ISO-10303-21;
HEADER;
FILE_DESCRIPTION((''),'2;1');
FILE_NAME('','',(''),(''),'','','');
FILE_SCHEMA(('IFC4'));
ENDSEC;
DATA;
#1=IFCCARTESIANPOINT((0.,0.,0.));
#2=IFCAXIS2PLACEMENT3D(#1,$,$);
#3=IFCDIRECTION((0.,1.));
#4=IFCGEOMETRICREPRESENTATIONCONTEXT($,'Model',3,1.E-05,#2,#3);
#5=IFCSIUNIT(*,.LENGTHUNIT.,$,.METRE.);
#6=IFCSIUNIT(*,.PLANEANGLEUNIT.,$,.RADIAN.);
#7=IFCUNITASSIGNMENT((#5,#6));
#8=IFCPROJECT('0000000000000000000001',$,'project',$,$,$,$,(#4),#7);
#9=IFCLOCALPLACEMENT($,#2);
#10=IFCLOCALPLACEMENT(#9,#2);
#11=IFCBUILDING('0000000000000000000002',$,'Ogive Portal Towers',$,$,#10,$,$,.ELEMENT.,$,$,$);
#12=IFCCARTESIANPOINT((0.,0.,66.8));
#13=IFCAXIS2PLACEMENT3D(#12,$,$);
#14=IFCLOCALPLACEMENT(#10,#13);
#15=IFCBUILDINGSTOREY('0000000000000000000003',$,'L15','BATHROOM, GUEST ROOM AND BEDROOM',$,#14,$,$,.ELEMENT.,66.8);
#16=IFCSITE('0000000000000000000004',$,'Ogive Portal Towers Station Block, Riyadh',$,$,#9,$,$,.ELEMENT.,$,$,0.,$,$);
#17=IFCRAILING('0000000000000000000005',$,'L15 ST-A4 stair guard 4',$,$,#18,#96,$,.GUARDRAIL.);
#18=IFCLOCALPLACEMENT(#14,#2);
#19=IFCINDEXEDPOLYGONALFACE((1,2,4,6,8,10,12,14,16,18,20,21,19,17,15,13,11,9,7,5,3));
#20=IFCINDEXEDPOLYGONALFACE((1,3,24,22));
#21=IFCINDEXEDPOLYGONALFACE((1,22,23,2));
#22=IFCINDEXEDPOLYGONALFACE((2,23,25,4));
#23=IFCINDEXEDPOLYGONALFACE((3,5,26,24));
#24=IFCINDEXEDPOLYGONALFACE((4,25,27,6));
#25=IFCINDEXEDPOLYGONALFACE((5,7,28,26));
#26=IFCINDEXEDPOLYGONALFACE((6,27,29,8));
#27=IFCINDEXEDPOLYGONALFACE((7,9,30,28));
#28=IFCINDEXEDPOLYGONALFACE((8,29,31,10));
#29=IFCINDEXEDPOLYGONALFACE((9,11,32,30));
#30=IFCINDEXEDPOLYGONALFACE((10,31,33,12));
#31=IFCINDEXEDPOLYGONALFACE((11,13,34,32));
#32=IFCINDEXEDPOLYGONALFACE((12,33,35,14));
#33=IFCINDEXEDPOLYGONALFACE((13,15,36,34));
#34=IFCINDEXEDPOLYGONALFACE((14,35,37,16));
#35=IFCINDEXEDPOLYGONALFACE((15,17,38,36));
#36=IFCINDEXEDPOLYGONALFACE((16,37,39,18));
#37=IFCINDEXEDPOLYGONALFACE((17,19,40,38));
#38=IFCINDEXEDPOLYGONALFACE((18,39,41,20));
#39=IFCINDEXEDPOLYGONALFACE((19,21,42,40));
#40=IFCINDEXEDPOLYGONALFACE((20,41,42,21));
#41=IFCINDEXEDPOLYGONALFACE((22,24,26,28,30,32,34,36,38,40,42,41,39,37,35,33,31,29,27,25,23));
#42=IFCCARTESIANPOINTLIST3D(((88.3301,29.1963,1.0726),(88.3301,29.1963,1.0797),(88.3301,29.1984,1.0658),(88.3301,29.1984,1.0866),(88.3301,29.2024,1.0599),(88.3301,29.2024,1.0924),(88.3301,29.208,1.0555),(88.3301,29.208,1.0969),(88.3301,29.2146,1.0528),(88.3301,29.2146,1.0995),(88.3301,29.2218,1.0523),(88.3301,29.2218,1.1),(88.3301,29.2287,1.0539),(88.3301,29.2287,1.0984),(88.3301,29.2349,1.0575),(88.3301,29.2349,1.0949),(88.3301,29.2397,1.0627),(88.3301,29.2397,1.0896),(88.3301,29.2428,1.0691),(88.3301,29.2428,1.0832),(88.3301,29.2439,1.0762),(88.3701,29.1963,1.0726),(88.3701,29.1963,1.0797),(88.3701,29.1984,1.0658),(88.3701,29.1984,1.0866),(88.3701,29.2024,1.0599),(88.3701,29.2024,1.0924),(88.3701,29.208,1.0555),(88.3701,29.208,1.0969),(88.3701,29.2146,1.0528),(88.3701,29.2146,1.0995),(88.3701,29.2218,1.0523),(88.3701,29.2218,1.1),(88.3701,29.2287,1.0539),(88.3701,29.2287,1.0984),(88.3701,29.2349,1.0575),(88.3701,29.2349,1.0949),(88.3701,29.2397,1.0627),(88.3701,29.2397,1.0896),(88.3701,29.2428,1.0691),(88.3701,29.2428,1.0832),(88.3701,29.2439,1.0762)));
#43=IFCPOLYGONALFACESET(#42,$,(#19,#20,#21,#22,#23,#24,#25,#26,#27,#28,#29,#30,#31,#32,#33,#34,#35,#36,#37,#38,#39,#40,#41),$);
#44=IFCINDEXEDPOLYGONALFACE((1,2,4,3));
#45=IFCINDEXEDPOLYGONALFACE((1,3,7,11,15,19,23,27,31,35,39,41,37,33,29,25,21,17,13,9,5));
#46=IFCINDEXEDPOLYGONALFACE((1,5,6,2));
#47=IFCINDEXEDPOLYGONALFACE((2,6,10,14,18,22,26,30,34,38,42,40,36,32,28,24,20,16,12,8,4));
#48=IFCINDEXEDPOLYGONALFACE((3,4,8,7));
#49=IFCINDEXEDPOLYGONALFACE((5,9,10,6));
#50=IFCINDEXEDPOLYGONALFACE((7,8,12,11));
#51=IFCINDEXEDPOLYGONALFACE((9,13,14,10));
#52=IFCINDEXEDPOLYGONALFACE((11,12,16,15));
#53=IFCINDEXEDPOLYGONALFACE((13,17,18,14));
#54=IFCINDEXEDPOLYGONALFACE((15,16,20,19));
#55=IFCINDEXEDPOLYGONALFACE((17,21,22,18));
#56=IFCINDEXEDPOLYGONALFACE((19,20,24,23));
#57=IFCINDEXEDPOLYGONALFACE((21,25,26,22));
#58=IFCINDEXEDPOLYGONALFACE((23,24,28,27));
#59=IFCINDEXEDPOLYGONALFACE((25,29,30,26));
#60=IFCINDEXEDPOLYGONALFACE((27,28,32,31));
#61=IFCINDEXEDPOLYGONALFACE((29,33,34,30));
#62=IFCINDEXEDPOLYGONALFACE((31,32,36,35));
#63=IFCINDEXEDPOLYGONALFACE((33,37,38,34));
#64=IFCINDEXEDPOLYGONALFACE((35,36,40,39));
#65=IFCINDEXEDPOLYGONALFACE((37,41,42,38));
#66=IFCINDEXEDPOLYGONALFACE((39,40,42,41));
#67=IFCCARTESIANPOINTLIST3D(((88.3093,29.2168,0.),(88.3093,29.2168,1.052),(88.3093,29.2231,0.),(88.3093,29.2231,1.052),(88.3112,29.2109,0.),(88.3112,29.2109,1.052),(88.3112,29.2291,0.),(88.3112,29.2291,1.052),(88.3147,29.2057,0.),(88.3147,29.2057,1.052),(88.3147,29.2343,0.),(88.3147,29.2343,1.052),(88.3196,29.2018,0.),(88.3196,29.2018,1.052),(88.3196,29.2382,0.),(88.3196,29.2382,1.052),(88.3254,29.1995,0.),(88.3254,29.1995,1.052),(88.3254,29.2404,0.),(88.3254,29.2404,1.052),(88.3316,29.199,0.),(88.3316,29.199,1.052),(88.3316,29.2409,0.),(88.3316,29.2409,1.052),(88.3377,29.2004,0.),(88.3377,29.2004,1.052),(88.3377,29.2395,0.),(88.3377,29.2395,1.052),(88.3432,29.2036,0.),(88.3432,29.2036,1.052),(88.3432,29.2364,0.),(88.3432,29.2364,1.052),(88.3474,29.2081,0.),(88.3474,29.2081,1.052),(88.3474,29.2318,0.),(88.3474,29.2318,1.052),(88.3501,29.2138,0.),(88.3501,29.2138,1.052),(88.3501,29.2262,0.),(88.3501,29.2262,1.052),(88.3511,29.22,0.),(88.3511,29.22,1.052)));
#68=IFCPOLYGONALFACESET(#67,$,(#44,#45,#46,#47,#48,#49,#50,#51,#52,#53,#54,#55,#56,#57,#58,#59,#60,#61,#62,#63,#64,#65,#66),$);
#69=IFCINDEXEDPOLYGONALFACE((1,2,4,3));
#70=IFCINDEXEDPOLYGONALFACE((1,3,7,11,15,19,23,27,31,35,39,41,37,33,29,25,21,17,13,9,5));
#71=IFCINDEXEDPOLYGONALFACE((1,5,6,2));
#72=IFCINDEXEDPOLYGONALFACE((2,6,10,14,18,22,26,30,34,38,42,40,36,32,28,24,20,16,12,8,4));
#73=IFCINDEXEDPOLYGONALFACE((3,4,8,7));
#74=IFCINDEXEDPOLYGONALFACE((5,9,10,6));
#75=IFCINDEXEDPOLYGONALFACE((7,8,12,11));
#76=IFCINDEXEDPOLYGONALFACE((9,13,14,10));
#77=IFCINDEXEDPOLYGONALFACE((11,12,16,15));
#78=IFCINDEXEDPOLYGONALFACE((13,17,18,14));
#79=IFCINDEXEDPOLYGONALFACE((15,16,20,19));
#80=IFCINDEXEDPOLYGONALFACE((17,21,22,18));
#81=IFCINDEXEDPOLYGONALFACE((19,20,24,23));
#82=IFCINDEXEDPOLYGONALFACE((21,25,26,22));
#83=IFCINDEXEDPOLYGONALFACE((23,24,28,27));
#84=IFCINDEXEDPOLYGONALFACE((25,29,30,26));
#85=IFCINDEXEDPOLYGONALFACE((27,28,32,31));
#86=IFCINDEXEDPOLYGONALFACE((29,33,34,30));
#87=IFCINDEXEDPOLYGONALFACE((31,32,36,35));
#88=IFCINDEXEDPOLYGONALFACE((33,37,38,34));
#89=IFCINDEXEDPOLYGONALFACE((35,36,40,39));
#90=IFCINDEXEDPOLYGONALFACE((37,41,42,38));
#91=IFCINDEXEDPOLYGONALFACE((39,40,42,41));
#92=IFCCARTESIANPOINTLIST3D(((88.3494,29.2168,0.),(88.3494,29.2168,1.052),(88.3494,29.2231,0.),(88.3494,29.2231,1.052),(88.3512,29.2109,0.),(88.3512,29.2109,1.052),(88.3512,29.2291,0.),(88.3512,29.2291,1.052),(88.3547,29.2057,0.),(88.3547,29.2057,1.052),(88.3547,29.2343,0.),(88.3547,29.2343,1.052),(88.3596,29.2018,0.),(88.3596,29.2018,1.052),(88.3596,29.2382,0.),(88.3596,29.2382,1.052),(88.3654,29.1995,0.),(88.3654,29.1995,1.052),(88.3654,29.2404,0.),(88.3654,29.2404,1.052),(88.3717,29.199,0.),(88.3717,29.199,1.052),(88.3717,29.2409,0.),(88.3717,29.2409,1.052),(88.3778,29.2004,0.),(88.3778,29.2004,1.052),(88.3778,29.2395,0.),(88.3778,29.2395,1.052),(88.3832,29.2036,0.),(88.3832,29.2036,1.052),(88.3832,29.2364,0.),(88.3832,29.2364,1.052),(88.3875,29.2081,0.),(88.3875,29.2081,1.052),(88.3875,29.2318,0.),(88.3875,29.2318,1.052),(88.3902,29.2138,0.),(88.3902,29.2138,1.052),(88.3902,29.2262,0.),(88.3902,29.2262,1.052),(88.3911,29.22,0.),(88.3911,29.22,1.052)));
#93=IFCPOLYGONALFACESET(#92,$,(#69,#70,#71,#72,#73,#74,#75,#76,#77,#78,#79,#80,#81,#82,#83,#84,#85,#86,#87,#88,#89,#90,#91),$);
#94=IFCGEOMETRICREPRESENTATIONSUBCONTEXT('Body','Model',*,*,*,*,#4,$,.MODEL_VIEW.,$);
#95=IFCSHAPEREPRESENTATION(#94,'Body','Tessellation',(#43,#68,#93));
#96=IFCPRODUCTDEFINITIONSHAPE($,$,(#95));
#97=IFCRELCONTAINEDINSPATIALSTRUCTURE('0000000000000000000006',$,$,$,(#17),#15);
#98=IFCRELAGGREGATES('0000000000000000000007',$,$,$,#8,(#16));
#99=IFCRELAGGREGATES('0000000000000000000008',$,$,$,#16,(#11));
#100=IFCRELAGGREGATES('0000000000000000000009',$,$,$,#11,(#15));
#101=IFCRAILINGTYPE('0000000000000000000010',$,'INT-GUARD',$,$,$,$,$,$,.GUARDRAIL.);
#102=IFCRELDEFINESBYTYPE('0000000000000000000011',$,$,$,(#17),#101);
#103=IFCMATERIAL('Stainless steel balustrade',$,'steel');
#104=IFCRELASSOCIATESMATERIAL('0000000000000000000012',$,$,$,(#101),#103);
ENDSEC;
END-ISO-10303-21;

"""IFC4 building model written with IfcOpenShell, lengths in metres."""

from ifc_helpers import new_model, si_unit, direction, frame, origin, origin_2d, place, context, subcontext, project, spatial, circle, extrude, material, type_object, element, save


model = new_model("IFC4")

# Units and contexts
model_context = context("Model", 3, precision=1e-05, world=origin(), true_north=direction((0.0, 1.0)))
body_context = subcontext(model_context, "Body", "Model", "MODEL_VIEW")
ifc_project = project(units=[si_unit("LENGTHUNIT", "METRE"), si_unit("PLANEANGLEUNIT", "RADIAN")], contexts=[model_context])

# Site, building, storey
site_placement = place(None, origin())
site = spatial("IfcSite", under=ifc_project, at=site_placement, Name="Ogive Portal Towers Station Block, Riyadh", CompositionType="ELEMENT", RefElevation=0.0)
building_placement = place(site_placement, origin())
building = spatial("IfcBuilding", under=site, at=building_placement, Name="Ogive Portal Towers", CompositionType="ELEMENT")
storey_placement = place(building_placement, frame((0.0, 0.0, 66.8)))
storey = spatial("IfcBuildingStorey", under=building, at=storey_placement, Name="L15", Description="BATHROOM, GUEST ROOM AND BEDROOM", CompositionType="ELEMENT", Elevation=66.8)

# Railing
ifc_material_1 = material(Name="Stainless steel balustrade", Category="steel")
railing_type = type_object("IfcRailingType", Name="INT-GUARD", PredefinedType="GUARDRAIL", material=ifc_material_1)
railing_1_placement = place(storey_placement, frame((88.3301, 29.22, 0.0)))
element("IfcRailing", 1, at=railing_1_placement, inside=storey, type_object=railing_type, Name="L15 ST-A4 stair guard 4", PredefinedType="GUARDRAIL", context=body_context, shape_type="SweptSolid", body=[
    extrude(circle(Radius=0.0239, at=origin_2d()), frame((0.0, 0.0, 1.0762), z_axis=(1.0, 0.0, 0.0), x_axis=(0.0, 1.0, 0.0)), (0.0, 0.0, 1.0), 0.04),
    extrude(circle(Radius=0.021, at=origin_2d()), origin(), (0.0, 0.0, 1.0), 1.052),
    extrude(circle(Radius=0.021, at=origin_2d()), frame((0.04, 0.0, 0.0)), (0.0, 0.0, 1.0), 1.052),
])

save(model, "model.ifc")
